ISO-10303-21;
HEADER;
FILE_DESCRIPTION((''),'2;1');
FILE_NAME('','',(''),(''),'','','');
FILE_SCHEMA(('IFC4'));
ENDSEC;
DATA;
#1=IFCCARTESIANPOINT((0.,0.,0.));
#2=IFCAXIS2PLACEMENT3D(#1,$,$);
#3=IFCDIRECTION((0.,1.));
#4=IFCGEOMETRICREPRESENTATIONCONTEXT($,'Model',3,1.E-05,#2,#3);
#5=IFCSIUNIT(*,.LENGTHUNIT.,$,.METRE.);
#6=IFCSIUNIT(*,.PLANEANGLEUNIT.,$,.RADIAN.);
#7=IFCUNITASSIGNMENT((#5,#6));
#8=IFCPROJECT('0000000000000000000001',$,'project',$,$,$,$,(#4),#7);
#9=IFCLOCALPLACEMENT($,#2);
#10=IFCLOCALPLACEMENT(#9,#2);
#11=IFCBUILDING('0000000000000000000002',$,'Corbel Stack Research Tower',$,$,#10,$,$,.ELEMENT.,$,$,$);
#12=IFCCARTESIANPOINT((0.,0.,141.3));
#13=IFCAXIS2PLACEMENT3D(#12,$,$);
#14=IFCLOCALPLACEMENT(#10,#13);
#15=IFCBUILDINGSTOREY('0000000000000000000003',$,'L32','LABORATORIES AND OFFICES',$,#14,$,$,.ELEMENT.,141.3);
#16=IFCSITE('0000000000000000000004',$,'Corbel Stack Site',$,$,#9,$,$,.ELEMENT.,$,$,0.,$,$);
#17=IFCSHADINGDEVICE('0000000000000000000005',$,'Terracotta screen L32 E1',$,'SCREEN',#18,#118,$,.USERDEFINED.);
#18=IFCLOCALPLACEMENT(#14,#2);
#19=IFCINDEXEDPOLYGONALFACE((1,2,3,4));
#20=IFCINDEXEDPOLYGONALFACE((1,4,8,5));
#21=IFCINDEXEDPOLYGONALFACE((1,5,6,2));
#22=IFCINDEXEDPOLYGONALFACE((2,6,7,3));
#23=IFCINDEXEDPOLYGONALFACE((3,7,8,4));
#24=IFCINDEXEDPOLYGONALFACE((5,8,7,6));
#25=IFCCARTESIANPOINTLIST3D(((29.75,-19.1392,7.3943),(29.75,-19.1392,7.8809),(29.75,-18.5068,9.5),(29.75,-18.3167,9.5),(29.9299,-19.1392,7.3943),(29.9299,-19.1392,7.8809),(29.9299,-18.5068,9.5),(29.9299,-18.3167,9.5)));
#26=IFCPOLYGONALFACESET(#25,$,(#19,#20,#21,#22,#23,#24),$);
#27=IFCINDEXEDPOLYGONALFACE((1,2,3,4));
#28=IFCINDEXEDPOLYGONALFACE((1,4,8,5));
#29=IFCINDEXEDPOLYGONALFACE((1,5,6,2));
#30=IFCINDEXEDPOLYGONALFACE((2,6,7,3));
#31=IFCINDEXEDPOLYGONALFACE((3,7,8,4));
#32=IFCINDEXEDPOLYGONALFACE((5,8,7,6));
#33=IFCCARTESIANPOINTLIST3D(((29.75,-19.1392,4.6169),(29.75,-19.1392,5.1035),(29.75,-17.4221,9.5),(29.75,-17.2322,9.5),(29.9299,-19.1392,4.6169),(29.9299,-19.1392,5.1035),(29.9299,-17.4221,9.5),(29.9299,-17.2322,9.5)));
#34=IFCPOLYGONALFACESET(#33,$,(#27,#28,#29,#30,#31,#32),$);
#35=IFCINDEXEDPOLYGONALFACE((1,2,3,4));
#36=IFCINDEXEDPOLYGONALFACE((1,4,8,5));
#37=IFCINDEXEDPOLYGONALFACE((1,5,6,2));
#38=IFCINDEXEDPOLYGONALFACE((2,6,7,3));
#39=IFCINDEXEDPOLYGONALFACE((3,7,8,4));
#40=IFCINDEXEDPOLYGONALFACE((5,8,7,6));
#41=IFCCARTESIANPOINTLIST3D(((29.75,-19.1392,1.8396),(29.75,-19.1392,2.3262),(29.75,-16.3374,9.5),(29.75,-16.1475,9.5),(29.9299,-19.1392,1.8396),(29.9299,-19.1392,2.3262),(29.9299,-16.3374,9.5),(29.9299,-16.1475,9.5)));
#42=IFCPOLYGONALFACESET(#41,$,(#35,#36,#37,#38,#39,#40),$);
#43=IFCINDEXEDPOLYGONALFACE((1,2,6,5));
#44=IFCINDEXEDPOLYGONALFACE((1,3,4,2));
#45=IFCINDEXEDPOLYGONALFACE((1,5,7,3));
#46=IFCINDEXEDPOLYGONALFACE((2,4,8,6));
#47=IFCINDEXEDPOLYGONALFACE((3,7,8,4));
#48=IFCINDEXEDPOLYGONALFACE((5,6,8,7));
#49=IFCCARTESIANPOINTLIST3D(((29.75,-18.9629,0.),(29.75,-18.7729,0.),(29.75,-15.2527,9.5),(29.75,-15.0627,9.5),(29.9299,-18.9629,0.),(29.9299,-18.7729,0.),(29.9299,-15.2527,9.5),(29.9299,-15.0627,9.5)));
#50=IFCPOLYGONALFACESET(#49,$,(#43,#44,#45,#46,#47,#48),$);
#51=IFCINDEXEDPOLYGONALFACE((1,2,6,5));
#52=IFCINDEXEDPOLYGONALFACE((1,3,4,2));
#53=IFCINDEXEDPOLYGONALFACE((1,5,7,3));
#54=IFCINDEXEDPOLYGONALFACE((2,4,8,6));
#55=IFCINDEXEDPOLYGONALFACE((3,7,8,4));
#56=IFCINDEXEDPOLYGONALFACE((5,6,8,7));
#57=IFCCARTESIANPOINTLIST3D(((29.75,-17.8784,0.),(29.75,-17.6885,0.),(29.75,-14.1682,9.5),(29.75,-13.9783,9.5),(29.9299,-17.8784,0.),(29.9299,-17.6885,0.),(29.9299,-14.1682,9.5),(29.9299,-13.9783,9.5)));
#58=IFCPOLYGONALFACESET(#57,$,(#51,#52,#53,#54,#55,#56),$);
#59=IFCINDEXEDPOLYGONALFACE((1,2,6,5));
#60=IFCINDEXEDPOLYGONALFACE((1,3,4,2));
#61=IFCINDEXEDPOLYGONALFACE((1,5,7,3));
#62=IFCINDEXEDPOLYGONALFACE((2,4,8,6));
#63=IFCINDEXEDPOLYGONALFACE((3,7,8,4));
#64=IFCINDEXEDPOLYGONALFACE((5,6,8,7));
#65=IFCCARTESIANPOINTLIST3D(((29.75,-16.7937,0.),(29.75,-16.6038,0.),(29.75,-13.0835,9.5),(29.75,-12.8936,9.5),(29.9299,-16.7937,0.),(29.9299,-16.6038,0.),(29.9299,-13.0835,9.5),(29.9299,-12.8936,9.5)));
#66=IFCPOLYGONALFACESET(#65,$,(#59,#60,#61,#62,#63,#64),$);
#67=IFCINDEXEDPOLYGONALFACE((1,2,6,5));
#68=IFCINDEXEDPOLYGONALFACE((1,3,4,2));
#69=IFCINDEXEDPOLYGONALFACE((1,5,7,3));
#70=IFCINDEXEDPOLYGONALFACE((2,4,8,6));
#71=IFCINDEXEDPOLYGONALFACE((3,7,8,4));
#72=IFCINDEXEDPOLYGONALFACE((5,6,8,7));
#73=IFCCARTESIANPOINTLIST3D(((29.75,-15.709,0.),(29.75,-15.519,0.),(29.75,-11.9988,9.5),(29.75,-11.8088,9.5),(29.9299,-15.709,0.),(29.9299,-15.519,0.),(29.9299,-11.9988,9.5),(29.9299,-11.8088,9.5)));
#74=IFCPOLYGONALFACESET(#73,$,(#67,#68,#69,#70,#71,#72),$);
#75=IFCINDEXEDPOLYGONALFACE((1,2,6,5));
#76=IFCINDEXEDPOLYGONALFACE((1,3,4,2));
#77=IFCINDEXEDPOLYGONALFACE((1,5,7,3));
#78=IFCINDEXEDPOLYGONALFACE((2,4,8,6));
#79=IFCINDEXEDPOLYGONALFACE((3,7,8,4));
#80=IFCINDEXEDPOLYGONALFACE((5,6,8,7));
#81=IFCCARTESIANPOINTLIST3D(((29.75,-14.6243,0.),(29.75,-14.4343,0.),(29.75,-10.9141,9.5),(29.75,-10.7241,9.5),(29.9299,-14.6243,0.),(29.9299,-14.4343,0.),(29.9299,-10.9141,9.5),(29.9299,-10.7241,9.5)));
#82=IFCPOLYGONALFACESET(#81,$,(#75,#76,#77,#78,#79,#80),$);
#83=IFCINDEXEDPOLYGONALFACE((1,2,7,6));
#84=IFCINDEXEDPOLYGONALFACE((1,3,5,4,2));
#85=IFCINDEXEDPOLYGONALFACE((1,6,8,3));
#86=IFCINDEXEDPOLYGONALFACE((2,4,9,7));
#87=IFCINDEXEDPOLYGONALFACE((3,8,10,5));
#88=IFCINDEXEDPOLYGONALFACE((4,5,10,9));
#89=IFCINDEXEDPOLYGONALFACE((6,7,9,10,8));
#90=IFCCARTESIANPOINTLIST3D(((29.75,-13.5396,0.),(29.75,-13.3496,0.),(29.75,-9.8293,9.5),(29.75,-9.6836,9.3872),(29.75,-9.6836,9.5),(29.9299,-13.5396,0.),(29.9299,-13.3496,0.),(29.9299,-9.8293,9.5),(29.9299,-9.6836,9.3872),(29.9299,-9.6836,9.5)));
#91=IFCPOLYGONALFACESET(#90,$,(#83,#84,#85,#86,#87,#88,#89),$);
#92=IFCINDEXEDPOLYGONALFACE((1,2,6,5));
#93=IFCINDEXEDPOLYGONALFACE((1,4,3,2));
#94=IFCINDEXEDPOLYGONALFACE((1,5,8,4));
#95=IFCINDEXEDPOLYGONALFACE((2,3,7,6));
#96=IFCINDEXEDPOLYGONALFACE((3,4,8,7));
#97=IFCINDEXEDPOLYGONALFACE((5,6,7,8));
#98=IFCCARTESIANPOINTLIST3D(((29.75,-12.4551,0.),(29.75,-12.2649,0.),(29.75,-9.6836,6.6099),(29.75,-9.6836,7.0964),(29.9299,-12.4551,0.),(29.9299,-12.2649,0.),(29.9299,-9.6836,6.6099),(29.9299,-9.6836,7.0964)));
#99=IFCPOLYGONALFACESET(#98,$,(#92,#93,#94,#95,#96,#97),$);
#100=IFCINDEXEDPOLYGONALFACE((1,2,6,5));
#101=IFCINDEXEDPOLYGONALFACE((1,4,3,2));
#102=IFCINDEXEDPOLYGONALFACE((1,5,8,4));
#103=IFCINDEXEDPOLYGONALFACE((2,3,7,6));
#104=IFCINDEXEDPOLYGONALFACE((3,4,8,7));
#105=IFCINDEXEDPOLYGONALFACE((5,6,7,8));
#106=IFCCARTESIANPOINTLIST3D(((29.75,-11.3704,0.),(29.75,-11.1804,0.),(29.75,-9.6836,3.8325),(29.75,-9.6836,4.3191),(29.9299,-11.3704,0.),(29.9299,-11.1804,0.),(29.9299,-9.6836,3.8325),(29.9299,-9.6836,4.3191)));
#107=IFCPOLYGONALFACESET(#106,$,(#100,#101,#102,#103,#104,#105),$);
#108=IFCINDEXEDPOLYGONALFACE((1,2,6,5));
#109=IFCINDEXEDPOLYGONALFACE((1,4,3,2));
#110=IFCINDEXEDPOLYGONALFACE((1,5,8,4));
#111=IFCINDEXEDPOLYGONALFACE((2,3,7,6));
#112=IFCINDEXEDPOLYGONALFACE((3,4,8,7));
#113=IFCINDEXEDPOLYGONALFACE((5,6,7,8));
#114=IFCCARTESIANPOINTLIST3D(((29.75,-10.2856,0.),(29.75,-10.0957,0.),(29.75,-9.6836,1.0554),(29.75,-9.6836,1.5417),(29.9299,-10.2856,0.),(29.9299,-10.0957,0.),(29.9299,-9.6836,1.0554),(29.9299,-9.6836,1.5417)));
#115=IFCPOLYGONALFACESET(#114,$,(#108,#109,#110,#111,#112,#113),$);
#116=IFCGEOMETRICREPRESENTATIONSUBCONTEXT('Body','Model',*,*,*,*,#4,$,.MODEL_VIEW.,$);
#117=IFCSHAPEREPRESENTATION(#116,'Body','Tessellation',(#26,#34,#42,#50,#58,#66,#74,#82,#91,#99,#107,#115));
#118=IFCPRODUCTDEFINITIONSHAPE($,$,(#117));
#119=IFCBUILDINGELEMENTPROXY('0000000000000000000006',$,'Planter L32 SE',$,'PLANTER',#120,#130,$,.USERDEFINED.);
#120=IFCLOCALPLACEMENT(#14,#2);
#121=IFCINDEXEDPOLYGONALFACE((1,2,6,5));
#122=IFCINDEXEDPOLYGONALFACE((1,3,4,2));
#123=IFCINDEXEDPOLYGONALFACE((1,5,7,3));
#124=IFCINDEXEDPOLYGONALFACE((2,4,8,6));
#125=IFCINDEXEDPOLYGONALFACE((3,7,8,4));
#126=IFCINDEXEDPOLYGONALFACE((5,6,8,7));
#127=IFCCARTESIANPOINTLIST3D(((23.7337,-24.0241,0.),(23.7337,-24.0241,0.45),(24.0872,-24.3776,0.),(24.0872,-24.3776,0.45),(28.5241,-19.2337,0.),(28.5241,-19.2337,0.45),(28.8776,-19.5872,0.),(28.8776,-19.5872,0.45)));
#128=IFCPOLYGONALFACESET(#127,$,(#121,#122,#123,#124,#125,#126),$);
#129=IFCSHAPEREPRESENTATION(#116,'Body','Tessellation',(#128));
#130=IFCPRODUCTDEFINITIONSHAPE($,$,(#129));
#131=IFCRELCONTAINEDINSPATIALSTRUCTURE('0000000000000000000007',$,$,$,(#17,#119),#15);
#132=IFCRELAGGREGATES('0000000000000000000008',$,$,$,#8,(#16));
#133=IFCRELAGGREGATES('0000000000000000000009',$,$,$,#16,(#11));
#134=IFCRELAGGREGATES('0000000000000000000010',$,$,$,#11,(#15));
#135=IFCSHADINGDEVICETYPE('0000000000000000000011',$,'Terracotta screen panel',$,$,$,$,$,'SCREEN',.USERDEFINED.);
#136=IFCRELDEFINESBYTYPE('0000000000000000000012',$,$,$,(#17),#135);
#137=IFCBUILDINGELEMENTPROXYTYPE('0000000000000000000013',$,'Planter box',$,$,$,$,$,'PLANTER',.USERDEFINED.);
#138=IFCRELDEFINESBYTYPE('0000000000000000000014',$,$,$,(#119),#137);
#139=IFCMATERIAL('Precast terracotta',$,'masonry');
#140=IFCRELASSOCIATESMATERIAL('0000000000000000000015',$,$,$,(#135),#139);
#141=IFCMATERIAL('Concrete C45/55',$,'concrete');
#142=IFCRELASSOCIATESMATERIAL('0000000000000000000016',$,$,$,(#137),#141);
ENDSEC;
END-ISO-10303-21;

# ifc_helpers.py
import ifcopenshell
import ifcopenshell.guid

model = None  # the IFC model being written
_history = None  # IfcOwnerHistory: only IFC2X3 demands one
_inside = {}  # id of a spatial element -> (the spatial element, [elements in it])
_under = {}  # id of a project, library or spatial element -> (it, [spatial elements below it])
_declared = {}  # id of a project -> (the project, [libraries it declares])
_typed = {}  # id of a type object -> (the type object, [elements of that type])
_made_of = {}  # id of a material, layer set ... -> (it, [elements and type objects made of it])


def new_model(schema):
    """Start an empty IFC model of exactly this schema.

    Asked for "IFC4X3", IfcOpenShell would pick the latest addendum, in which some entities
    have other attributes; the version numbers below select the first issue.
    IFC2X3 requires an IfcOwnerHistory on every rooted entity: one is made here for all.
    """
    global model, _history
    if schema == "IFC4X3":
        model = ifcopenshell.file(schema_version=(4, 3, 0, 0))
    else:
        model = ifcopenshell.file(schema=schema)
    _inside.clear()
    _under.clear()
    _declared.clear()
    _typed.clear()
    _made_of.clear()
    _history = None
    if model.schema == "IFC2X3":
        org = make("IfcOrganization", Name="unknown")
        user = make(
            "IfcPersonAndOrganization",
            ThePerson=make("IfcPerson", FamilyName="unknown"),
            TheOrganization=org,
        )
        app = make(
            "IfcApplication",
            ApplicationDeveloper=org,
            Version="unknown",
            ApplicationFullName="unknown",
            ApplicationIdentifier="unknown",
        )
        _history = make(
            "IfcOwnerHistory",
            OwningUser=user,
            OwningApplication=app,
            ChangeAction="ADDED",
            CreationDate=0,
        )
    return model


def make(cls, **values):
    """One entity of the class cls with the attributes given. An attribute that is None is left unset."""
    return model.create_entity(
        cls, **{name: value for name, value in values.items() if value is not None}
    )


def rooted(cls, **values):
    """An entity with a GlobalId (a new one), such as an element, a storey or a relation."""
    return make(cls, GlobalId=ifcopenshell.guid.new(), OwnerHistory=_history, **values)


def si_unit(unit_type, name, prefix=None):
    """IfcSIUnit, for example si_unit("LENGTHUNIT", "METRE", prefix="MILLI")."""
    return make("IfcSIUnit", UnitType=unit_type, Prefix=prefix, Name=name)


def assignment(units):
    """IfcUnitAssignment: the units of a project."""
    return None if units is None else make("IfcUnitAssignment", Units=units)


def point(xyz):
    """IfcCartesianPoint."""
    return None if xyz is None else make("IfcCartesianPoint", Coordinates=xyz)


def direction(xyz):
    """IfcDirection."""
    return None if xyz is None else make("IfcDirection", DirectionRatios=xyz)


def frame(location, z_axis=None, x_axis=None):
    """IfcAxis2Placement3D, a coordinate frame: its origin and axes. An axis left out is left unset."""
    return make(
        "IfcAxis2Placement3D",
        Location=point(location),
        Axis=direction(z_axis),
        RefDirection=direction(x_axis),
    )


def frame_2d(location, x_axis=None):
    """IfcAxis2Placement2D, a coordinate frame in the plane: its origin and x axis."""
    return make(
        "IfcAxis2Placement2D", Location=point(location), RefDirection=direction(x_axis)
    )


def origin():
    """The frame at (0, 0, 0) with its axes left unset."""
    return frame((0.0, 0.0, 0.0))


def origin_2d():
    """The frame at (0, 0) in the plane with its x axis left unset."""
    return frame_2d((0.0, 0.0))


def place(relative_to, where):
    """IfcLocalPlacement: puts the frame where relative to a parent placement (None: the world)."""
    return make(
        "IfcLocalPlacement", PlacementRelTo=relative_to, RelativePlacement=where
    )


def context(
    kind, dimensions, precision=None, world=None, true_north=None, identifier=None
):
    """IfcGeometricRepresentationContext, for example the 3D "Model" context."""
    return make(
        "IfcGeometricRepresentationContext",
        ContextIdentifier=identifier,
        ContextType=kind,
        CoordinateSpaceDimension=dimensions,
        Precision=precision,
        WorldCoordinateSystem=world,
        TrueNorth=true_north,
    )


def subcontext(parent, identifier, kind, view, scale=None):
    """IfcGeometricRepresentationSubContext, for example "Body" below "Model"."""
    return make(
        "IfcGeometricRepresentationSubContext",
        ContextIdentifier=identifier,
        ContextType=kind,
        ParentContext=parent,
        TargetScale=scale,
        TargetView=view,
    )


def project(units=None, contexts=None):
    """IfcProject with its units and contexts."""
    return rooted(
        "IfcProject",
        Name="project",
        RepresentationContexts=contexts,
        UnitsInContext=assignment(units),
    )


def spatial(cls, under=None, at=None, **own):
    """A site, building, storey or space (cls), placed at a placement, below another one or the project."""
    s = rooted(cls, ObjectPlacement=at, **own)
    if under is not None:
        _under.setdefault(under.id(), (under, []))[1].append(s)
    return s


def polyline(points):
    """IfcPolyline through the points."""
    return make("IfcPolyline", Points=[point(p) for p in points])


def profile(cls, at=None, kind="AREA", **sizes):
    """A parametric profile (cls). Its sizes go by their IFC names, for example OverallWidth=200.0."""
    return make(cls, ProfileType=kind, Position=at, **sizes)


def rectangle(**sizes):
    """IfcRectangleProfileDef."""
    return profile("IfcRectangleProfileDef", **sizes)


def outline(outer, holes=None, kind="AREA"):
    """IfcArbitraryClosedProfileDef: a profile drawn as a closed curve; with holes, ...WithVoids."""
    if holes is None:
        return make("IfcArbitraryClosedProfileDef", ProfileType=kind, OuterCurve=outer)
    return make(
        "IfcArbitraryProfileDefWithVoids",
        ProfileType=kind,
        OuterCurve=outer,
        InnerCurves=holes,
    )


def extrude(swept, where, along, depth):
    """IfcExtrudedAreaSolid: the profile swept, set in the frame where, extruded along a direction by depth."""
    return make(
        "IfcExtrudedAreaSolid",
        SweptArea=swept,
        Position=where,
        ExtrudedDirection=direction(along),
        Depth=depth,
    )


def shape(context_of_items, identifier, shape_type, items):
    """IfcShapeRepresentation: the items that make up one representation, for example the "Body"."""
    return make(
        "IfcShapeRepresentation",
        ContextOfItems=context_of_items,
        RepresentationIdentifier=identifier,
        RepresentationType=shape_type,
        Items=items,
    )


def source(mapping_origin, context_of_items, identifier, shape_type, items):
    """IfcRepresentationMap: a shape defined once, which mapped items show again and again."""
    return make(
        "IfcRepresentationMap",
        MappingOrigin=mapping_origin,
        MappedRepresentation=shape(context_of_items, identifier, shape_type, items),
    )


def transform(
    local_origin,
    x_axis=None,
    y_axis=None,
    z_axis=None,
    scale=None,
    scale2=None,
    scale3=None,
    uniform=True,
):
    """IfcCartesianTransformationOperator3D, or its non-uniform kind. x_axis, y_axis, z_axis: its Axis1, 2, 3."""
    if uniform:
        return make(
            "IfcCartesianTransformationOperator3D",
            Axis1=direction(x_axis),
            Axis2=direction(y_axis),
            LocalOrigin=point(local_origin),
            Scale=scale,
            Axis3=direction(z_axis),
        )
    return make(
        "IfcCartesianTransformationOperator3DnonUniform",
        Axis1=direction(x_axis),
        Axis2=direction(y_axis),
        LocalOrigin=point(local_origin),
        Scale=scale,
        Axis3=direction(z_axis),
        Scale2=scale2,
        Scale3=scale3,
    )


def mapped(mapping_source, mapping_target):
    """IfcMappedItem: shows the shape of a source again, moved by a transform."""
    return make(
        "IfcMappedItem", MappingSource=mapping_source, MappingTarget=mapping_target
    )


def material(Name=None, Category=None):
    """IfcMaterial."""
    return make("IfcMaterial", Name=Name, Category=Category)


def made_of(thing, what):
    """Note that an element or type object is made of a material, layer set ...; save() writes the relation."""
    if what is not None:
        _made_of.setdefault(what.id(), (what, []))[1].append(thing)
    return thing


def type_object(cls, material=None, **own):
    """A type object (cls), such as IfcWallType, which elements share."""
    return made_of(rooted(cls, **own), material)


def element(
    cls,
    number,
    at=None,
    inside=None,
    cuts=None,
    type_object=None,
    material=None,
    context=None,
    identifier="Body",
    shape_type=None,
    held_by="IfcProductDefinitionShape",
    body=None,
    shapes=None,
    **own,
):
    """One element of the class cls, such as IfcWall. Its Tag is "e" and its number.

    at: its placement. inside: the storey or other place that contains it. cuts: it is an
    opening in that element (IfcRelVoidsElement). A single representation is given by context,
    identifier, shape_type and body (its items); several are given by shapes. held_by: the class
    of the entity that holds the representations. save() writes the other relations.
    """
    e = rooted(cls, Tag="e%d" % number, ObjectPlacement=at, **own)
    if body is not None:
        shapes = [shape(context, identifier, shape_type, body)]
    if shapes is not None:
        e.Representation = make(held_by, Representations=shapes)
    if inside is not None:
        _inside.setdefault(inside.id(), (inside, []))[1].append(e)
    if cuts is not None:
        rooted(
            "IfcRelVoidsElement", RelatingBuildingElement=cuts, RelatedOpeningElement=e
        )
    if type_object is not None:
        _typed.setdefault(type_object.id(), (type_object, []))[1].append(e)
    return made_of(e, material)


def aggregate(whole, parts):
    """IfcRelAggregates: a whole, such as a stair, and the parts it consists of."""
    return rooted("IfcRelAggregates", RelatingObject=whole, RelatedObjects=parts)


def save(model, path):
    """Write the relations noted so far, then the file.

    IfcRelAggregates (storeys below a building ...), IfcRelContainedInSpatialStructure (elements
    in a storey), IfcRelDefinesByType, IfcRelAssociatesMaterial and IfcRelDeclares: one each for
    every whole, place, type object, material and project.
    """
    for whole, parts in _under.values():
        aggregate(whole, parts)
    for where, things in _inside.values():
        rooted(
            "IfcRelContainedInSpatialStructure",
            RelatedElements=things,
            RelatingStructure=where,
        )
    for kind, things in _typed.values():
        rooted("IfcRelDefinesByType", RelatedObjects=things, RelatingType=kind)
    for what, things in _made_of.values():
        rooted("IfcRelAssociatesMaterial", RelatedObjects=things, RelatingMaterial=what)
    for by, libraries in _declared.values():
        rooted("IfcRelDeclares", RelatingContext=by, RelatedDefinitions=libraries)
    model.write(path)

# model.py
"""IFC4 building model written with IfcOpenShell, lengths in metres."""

from ifc_helpers import new_model, si_unit, direction, frame, origin, origin_2d, place, context, subcontext, project, spatial, polyline, rectangle, outline, extrude, source, transform, mapped, material, type_object, element, save


model = new_model("IFC4")

# Units and contexts
model_context = context("Model", 3, precision=1e-05, world=origin(), true_north=direction((0.0, 1.0)))
body_context = subcontext(model_context, "Body", "Model", "MODEL_VIEW")
ifc_project = project(units=[si_unit("LENGTHUNIT", "METRE"), si_unit("PLANEANGLEUNIT", "RADIAN")], contexts=[model_context])

# Site, building, storey
site_placement = place(None, origin())
site = spatial("IfcSite", under=ifc_project, at=site_placement, Name="Corbel Stack Site", CompositionType="ELEMENT", RefElevation=0.0)
building_placement = place(site_placement, origin())
building = spatial("IfcBuilding", under=site, at=building_placement, Name="Corbel Stack Research Tower", CompositionType="ELEMENT")
storey_placement = place(building_placement, frame((0.0, 0.0, 141.3)))
storey = spatial("IfcBuildingStorey", under=building, at=storey_placement, Name="L32", Description="LABORATORIES AND OFFICES", CompositionType="ELEMENT", Elevation=141.3)

# Shading device
ifc_material_1 = material(Name="Precast terracotta", Category="masonry")
shading_device_type = type_object("IfcShadingDeviceType", Name="Terracotta screen panel", ElementType="SCREEN", PredefinedType="USERDEFINED", material=ifc_material_1)
shared_shape_1 = source(origin(), body_context, "Body", "SweptSolid", [
    extrude(outline(polyline([(0.8225, 9.5), (0.6323, 9.5), (0.0, 7.8809), (0.0, 7.3943), (0.8225, 9.5)])), frame((0.0, 0.0, 0.0), z_axis=(0.0, -1.0, 0.0), x_axis=(1.0, 0.0, 0.0)), (0.0, 0.0, 1.0), 0.1799),
    extrude(outline(polyline([(1.907, 9.5), (1.717, 9.5), (0.0, 5.1035), (0.0, 4.6169), (1.907, 9.5)])), frame((0.0, 0.0, 0.0), z_axis=(0.0, -1.0, 0.0), x_axis=(1.0, 0.0, 0.0)), (0.0, 0.0, 1.0), 0.1799),
    extrude(outline(polyline([(2.9917, 9.5), (2.8018, 9.5), (0.0, 2.3262), (0.0, 1.8396), (2.9917, 9.5)])), frame((0.0, 0.0, 0.0), z_axis=(0.0, -1.0, 0.0), x_axis=(1.0, 0.0, 0.0)), (0.0, 0.0, 1.0), 0.1799),
    extrude(outline(polyline([(0.3662, 0.0), (4.0764, 9.5), (3.8865, 9.5), (0.1763, 0.0), (0.3662, 0.0)])), frame((0.0, 0.0, 0.0), z_axis=(0.0, -1.0, 0.0), x_axis=(1.0, 0.0, 0.0)), (0.0, 0.0, 1.0), 0.1799),
    extrude(outline(polyline([(1.4507, 0.0), (5.1609, 9.5), (4.9709, 9.5), (1.2607, 0.0), (1.4507, 0.0)])), frame((0.0, 0.0, 0.0), z_axis=(0.0, -1.0, 0.0), x_axis=(1.0, 0.0, 0.0)), (0.0, 0.0, 1.0), 0.1799),
    extrude(outline(polyline([(2.5354, 0.0), (6.2456, 9.5), (6.0557, 9.5), (2.3455, 0.0), (2.5354, 0.0)])), frame((0.0, 0.0, 0.0), z_axis=(0.0, -1.0, 0.0), x_axis=(1.0, 0.0, 0.0)), (0.0, 0.0, 1.0), 0.1799),
    extrude(outline(polyline([(3.6201, 0.0), (7.3303, 9.5), (7.1404, 9.5), (3.4302, 0.0), (3.6201, 0.0)])), frame((0.0, 0.0, 0.0), z_axis=(0.0, -1.0, 0.0), x_axis=(1.0, 0.0, 0.0)), (0.0, 0.0, 1.0), 0.1799),
    extrude(outline(polyline([(4.7048, 0.0), (8.415, 9.5), (8.2251, 9.5), (4.5149, 0.0), (4.7048, 0.0)])), frame((0.0, 0.0, 0.0), z_axis=(0.0, -1.0, 0.0), x_axis=(1.0, 0.0, 0.0)), (0.0, 0.0, 1.0), 0.1799),
    extrude(outline(polyline([(5.7896, 0.0), (9.4556, 9.3872), (9.4556, 9.5), (9.3098, 9.5), (5.5996, 0.0), (5.7896, 0.0)])), frame((0.0, 0.0, 0.0), z_axis=(0.0, -1.0, 0.0), x_axis=(1.0, 0.0, 0.0)), (0.0, 0.0, 1.0), 0.1799),
    extrude(outline(polyline([(6.8743, 0.0), (9.4556, 6.6099), (9.4556, 7.0964), (6.6841, 0.0), (6.8743, 0.0)])), frame((0.0, 0.0, 0.0), z_axis=(0.0, -1.0, 0.0), x_axis=(1.0, 0.0, 0.0)), (0.0, 0.0, 1.0), 0.1799),
    extrude(outline(polyline([(7.9587, 0.0), (9.4556, 3.8325), (9.4556, 4.3191), (7.7688, 0.0), (7.9587, 0.0)])), frame((0.0, 0.0, 0.0), z_axis=(0.0, -1.0, 0.0), x_axis=(1.0, 0.0, 0.0)), (0.0, 0.0, 1.0), 0.1799),
    extrude(outline(polyline([(9.0435, 0.0), (9.4556, 1.0554), (9.4556, 1.5417), (8.8535, 0.0), (9.0435, 0.0)])), frame((0.0, 0.0, 0.0), z_axis=(0.0, -1.0, 0.0), x_axis=(1.0, 0.0, 0.0)), (0.0, 0.0, 1.0), 0.1799),
])
shading_device_1_placement = place(storey_placement, frame((29.75, -19.1392, 0.0), z_axis=(0.0, 0.0, 1.0), x_axis=(0.0, 1.0, 0.0)))
element("IfcShadingDevice", 1, at=shading_device_1_placement, inside=storey, type_object=shading_device_type, Name="Terracotta screen L32 E1", ObjectType="SCREEN", PredefinedType="USERDEFINED", context=body_context, shape_type="MappedRepresentation", body=[
    mapped(shared_shape_1, transform((0.0, 0.0, 0.0))),
])

# Building element proxy
ifc_material_2 = material(Name="Concrete C45/55", Category="concrete")
building_element_proxy_type = type_object("IfcBuildingElementProxyType", Name="Planter box", ElementType="PLANTER", PredefinedType="USERDEFINED", material=ifc_material_2)
proxy_placement = place(storey_placement, frame((26.3057, -21.8057, 0.0), z_axis=(0.0, 0.0, 1.0), x_axis=(0.707107, 0.707107, 0.0)))
element("IfcBuildingElementProxy", 2, at=proxy_placement, inside=storey, type_object=building_element_proxy_type, Name="Planter L32 SE", ObjectType="PLANTER", PredefinedType="USERDEFINED", context=body_context, shape_type="SweptSolid", body=[
    extrude(rectangle(XDim=6.7747, YDim=0.5, at=origin_2d()), origin(), (0.0, 0.0, 1.0), 0.45),
])

save(model, "model.ifc")
